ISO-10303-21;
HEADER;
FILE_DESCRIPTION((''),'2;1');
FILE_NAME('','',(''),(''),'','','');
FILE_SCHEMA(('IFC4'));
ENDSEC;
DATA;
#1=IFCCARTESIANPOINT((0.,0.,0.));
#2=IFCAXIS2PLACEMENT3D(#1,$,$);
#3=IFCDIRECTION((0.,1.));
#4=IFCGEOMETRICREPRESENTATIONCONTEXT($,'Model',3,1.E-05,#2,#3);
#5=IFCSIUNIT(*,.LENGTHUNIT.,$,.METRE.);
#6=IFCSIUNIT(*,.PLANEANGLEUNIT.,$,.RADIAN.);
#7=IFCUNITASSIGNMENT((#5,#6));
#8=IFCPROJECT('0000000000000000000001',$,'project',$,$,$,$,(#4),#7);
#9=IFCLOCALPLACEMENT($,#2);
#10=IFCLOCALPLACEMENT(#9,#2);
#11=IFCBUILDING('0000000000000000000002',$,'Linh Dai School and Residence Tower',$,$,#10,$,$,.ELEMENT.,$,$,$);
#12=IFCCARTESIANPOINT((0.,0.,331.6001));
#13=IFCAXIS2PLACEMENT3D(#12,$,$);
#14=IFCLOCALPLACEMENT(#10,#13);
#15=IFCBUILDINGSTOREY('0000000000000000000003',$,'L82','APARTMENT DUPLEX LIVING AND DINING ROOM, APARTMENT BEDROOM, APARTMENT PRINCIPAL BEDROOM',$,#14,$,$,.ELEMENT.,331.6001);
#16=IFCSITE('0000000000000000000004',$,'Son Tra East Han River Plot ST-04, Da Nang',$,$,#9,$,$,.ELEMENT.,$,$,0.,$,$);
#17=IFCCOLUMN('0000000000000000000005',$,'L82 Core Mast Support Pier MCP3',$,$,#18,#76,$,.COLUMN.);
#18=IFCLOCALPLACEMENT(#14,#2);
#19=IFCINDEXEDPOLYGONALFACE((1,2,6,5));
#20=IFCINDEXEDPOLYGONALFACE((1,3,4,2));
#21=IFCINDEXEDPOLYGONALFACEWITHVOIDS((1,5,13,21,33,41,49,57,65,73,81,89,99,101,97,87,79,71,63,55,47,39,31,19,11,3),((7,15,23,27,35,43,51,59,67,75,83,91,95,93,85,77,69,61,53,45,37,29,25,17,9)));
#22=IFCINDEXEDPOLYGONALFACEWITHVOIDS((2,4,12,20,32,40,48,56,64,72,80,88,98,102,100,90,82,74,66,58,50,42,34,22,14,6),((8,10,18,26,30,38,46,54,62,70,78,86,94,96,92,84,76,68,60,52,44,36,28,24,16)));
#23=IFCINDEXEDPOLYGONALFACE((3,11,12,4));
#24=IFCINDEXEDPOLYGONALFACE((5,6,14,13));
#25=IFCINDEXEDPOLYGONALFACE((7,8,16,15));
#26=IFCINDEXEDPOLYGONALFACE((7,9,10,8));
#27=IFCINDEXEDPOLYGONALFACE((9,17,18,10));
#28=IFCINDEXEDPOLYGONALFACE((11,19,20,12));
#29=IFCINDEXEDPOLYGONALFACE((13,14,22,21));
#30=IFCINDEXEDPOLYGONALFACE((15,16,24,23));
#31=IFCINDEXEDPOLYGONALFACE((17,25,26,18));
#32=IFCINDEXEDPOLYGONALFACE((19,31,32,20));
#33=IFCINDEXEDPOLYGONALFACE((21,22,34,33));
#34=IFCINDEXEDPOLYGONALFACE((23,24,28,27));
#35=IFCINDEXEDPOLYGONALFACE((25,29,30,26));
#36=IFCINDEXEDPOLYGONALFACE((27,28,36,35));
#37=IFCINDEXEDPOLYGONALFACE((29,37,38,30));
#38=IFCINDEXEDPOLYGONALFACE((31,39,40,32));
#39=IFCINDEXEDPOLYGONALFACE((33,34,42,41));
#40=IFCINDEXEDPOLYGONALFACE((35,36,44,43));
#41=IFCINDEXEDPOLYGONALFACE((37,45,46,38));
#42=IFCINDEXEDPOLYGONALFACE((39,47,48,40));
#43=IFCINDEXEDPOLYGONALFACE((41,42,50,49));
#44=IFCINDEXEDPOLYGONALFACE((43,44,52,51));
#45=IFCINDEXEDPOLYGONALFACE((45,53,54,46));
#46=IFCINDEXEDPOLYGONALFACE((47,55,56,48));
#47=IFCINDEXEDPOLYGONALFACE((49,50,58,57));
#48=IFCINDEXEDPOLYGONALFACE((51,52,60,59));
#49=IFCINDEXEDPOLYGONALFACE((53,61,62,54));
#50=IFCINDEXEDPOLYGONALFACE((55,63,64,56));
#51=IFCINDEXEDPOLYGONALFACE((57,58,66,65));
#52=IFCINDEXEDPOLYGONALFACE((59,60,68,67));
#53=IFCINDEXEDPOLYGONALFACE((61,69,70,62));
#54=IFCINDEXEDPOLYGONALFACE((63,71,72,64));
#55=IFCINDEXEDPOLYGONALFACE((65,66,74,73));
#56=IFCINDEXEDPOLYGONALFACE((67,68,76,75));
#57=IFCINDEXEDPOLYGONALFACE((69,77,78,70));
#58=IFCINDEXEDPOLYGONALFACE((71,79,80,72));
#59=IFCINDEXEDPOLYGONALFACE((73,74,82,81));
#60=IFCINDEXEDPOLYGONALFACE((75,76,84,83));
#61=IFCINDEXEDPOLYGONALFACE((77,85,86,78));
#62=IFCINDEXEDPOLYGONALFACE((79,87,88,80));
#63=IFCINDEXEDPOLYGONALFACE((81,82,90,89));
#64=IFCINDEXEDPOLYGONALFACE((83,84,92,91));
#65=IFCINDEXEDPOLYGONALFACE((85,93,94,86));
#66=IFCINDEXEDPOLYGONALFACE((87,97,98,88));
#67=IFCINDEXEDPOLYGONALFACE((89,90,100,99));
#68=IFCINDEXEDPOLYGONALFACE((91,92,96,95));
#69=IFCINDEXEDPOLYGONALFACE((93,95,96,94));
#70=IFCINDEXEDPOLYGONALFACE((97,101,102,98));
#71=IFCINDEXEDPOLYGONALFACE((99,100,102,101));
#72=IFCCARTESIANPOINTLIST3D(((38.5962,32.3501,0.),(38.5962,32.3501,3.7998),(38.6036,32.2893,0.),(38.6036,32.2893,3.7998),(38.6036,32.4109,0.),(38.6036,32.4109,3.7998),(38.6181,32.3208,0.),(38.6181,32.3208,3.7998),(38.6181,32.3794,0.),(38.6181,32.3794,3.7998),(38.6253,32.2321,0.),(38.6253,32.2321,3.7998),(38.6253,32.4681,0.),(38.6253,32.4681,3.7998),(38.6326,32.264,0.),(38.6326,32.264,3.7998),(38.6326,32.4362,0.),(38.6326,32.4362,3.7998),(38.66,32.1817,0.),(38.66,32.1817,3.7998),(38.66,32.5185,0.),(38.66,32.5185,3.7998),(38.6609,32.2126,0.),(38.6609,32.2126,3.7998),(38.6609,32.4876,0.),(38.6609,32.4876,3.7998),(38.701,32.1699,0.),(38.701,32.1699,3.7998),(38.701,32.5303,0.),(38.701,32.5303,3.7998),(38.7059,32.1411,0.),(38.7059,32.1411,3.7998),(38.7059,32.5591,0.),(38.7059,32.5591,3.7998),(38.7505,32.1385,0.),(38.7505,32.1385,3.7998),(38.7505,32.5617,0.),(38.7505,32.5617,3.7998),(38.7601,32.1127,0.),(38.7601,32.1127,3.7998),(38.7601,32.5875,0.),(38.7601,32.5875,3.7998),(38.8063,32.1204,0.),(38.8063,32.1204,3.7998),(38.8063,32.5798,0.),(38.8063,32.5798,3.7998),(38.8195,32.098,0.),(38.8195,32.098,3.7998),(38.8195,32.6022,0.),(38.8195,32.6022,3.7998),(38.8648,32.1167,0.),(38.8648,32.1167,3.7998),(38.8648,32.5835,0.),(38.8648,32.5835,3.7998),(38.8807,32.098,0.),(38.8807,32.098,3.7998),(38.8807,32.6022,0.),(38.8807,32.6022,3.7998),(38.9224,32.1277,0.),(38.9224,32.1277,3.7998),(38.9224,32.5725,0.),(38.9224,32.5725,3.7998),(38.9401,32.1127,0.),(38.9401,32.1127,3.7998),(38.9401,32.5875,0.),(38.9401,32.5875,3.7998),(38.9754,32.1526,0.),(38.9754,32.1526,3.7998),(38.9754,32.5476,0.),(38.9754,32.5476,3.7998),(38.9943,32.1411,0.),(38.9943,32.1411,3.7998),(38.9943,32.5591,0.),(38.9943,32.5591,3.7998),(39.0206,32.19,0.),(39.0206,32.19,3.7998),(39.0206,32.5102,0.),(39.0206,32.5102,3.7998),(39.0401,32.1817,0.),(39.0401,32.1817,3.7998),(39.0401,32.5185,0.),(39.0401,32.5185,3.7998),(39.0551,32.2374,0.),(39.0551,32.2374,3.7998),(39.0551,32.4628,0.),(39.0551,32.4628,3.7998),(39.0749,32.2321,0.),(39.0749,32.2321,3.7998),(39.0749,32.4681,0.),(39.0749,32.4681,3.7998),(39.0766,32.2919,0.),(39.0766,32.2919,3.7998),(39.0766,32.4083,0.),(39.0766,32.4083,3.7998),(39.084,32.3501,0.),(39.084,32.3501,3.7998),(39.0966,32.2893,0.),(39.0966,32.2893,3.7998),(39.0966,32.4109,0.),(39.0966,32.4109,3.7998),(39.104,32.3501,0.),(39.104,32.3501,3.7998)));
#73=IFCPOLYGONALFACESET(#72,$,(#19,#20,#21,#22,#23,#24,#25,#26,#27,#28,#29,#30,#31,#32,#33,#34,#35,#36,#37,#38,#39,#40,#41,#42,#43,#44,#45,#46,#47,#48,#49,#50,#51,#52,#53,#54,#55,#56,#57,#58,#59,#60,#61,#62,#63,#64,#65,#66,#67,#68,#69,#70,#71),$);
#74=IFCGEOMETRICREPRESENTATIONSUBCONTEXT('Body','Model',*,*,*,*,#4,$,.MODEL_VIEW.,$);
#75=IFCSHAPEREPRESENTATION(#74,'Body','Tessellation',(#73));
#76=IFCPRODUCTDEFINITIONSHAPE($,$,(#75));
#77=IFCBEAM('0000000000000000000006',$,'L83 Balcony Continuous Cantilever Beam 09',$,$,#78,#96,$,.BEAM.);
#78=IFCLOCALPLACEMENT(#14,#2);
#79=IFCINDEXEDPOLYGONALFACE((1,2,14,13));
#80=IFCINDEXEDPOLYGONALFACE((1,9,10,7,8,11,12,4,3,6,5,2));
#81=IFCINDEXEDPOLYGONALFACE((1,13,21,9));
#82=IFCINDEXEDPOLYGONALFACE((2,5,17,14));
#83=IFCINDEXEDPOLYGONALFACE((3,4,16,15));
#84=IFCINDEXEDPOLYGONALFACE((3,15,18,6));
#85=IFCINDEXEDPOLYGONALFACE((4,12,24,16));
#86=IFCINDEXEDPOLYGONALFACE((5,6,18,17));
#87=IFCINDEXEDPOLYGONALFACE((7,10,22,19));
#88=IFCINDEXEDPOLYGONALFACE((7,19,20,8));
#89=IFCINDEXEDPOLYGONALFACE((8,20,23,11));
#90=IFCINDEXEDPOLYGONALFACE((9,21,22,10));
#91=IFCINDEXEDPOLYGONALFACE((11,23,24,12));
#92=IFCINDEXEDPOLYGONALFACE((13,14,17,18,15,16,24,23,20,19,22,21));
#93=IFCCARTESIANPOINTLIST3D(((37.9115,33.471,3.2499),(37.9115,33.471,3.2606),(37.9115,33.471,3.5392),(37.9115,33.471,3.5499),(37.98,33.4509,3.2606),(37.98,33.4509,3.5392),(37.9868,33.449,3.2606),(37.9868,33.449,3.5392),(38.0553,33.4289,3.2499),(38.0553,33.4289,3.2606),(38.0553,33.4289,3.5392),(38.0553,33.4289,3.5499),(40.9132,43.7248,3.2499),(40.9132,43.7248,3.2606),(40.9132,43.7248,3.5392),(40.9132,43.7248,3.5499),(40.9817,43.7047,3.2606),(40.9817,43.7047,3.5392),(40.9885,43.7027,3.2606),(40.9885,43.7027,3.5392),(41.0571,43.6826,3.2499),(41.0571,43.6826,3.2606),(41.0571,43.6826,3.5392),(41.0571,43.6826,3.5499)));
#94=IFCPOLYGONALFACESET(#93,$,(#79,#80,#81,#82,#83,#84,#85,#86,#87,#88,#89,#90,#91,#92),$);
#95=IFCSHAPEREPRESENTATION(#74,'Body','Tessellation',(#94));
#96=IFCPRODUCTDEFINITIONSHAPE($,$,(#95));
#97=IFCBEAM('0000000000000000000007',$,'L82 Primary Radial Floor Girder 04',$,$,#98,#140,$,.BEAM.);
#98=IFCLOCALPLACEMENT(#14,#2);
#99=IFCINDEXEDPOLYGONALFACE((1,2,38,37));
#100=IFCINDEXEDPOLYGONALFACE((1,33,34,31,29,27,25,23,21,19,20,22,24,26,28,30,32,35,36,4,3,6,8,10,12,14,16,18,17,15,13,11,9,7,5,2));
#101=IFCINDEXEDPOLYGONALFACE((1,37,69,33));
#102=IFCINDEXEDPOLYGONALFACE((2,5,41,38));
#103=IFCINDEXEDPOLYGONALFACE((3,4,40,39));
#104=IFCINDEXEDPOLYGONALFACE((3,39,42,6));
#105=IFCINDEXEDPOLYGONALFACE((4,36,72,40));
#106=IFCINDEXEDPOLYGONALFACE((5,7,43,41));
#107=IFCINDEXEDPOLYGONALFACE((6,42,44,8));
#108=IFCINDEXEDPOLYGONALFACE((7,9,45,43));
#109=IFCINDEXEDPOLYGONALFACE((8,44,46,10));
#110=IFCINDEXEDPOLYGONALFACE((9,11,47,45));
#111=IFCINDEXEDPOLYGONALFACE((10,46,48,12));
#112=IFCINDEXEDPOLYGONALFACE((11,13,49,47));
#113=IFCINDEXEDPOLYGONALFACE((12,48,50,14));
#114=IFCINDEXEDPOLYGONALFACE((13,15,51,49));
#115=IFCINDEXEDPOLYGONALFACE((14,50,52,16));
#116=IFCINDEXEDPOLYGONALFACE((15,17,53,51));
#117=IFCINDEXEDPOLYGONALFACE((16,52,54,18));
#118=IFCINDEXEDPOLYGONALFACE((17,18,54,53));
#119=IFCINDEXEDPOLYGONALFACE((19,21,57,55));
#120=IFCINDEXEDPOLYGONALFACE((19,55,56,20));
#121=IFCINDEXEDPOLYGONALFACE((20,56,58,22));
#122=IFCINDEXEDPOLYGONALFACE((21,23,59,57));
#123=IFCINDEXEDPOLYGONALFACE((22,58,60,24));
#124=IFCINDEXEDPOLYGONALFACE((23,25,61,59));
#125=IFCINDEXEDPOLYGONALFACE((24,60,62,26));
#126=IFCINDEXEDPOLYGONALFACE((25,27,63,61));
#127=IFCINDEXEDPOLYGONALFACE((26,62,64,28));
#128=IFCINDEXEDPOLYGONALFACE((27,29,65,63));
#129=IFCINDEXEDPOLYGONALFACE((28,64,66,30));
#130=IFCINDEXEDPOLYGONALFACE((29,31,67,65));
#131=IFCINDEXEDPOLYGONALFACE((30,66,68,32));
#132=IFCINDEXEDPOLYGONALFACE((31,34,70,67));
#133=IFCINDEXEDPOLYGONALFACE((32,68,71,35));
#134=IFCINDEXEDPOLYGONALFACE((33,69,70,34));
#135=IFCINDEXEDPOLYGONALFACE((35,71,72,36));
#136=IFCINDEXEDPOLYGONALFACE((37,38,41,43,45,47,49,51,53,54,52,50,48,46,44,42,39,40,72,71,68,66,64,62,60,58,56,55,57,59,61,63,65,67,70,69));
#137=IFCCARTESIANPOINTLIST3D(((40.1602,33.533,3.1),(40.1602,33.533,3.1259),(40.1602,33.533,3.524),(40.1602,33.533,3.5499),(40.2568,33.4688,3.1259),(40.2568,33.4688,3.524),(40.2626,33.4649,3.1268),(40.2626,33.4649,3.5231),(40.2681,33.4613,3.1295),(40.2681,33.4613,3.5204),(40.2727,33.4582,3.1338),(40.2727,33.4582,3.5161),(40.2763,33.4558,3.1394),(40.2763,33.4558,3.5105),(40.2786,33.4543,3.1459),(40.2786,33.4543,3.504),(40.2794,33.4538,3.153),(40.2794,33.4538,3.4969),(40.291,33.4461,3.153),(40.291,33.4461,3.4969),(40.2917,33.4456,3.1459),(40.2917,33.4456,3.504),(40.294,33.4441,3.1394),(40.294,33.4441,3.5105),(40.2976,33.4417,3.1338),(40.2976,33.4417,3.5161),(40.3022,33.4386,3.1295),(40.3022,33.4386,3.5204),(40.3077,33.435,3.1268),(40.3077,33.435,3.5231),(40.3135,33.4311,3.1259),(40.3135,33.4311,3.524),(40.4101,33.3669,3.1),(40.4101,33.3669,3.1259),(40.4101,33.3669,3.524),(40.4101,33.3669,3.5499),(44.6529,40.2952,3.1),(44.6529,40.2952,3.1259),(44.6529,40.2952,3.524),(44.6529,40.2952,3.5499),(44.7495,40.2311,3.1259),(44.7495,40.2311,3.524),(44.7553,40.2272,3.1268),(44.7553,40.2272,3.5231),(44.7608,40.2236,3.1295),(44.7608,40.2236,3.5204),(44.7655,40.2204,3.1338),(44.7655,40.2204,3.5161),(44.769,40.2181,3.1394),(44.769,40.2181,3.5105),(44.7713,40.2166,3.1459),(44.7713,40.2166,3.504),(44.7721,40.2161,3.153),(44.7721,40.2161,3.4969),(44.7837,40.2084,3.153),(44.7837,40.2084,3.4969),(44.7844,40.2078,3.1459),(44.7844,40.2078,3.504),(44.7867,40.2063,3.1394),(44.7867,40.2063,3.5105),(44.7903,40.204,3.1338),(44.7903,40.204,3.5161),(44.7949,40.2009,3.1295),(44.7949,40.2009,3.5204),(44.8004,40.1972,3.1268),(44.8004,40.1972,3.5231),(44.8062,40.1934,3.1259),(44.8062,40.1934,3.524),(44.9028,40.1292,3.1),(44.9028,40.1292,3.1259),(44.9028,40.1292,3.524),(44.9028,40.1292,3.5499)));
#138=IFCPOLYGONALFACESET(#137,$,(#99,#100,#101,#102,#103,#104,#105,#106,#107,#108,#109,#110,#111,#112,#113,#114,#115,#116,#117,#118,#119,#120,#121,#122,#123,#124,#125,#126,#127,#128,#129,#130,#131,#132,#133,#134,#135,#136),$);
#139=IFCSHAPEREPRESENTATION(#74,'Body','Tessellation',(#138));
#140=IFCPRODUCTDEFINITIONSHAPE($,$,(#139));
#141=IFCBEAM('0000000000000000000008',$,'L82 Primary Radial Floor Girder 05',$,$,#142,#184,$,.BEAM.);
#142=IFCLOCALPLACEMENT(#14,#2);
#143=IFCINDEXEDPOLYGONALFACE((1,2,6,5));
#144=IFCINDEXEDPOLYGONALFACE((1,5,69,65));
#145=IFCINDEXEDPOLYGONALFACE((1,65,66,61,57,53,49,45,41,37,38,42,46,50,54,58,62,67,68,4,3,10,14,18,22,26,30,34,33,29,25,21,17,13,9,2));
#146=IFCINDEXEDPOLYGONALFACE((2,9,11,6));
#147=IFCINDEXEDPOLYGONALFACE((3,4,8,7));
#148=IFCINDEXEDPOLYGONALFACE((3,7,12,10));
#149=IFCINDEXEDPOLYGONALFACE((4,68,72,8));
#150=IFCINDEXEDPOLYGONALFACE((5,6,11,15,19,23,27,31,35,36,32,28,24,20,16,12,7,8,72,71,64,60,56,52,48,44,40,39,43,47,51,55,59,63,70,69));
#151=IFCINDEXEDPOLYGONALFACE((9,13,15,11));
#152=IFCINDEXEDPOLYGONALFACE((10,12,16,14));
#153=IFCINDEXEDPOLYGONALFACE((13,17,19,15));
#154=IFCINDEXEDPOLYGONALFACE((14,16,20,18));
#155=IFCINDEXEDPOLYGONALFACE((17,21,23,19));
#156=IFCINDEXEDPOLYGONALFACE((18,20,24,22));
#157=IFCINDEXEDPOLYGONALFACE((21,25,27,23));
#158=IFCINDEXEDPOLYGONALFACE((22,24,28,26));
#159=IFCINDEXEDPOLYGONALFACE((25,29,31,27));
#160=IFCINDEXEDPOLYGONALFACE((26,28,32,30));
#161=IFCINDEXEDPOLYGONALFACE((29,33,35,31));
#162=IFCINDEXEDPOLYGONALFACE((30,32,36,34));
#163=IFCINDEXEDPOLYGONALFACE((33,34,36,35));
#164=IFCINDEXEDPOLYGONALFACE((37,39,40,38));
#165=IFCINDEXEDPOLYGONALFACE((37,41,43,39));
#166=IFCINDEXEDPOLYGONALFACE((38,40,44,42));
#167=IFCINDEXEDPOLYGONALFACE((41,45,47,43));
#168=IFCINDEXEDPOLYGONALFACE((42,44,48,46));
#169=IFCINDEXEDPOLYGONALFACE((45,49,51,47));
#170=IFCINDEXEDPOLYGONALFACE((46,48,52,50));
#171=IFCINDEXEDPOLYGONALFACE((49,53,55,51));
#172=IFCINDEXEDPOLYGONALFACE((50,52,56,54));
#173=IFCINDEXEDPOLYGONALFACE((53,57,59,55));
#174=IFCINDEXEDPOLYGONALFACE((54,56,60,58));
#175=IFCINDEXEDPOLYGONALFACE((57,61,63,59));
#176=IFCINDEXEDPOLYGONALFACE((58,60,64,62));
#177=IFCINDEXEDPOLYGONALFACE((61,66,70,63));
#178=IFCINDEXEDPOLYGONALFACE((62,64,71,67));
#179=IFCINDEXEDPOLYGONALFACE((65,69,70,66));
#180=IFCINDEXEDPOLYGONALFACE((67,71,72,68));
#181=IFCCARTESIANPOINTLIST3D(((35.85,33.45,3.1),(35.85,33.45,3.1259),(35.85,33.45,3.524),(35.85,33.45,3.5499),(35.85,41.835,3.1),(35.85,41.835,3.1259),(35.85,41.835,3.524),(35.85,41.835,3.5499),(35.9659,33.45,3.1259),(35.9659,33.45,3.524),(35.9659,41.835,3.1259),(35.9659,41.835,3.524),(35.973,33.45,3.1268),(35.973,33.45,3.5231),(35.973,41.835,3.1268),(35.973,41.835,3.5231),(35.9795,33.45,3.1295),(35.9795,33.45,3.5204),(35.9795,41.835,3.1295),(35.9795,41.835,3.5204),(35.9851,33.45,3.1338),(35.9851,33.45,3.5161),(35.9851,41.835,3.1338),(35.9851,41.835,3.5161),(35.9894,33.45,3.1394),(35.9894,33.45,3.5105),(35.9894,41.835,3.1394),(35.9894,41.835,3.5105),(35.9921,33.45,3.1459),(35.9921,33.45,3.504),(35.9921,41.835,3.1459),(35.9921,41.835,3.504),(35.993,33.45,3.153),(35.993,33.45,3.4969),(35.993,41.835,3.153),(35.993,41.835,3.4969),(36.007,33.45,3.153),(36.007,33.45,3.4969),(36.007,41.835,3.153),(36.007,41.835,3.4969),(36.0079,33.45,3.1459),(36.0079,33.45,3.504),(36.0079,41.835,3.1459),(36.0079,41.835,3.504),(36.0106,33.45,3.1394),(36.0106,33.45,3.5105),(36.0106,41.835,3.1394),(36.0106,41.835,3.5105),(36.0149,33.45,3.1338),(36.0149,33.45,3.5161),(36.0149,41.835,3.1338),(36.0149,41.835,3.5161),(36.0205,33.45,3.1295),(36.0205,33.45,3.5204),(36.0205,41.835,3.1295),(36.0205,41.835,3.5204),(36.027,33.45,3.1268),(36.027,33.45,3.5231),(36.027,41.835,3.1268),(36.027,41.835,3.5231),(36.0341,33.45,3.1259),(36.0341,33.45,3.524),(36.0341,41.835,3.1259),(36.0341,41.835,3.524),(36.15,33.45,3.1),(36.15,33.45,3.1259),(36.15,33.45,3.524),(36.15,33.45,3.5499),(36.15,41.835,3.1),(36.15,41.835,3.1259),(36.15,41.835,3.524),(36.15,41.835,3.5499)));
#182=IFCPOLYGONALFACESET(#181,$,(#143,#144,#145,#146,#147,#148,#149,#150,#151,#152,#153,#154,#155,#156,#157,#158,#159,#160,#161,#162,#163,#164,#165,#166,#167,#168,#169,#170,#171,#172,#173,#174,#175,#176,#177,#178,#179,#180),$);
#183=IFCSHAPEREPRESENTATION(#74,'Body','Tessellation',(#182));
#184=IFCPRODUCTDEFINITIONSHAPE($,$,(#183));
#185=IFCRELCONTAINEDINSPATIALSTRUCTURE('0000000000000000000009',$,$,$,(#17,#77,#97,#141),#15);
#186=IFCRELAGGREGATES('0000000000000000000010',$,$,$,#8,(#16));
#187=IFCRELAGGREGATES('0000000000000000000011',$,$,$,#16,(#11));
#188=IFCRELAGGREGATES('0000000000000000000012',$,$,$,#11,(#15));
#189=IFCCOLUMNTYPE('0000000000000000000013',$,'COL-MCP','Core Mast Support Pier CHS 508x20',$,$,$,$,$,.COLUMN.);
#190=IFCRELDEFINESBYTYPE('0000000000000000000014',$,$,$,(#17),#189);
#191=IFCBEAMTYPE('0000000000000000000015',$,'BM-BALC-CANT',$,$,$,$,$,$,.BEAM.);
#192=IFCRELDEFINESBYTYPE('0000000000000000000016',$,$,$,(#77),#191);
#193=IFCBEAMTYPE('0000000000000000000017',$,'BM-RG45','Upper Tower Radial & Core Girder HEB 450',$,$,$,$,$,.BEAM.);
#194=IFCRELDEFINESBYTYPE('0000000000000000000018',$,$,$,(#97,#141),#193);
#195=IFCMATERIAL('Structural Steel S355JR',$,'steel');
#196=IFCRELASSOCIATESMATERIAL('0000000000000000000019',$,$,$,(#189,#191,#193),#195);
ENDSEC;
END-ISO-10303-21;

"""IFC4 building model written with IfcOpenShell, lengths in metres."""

from ifc_helpers import new_model, si_unit, direction, frame, origin, origin_2d, place, context, subcontext, project, spatial, hollow_circle, i_section, extrude, material, material_profile, profile_set, type_object, element, save


model = new_model("IFC4")

# Units and contexts
model_context = context("Model", 3, precision=1e-05, world=origin(), true_north=direction((0.0, 1.0)))
body_context = subcontext(model_context, "Body", "Model", "MODEL_VIEW")
ifc_project = project(units=[si_unit("LENGTHUNIT", "METRE"), si_unit("PLANEANGLEUNIT", "RADIAN")], contexts=[model_context])

# Site, building, storey
site_placement = place(None, origin())
site = spatial("IfcSite", under=ifc_project, at=site_placement, Name="Son Tra East Han River Plot ST-04, Da Nang", CompositionType="ELEMENT", RefElevation=0.0)
building_placement = place(site_placement, origin())
building = spatial("IfcBuilding", under=site, at=building_placement, Name="Linh Dai School and Residence Tower", CompositionType="ELEMENT")
storey_placement = place(building_placement, frame((0.0, 0.0, 331.6001)))
storey = spatial("IfcBuildingStorey", under=building, at=storey_placement, Name="L82", Description="APARTMENT DUPLEX LIVING AND DINING ROOM, APARTMENT BEDROOM, APARTMENT PRINCIPAL BEDROOM", CompositionType="ELEMENT", Elevation=331.6001)

# Column
ifc_material_1 = material(Name="Structural Steel S355JR", Category="steel")
ifc_material_profile_1 = material_profile(ifc_material_1, hollow_circle(Radius=0.2539, WallThickness=0.02, at=origin_2d()), Name="CHS 508x20")
ifc_profile_set_1 = profile_set([ifc_material_profile_1], Name="Structural Steel S355JR")
column_type = type_object("IfcColumnType", Name="COL-MCP", Description="Core Mast Support Pier CHS 508x20", PredefinedType="COLUMN", material=ifc_profile_set_1)
column_placement = place(storey_placement, frame((38.8501, 32.3501, 0.0), z_axis=(0.0, 0.0, 1.0), x_axis=(1.0, 0.0, 0.0)))
element("IfcColumn", 1, at=column_placement, inside=storey, type_object=column_type, Name="L82 Core Mast Support Pier MCP3", PredefinedType="COLUMN", context=body_context, shape_type="SweptSolid", body=[
    extrude(hollow_circle(Radius=0.2539, WallThickness=0.02, at=origin_2d()), origin(), (0.0, 0.0, 1.0), 3.7998),
])

# Beams
ifc_material_profile_2 = material_profile(ifc_material_1, i_section(OverallWidth=0.1499, OverallDepth=0.3, WebThickness=0.0071, FlangeThickness=0.0107, at=origin_2d()), Name="IPE 300")
ifc_profile_set_2 = profile_set([ifc_material_profile_2], Name="Structural Steel S355JR")
beam_type_1 = type_object("IfcBeamType", Name="BM-BALC-CANT", PredefinedType="BEAM", material=ifc_profile_set_2)
beam_1_placement = place(storey_placement, frame((37.9834, 33.45, 3.3999), z_axis=(0.280954, 0.959721, 0.0), x_axis=(-0.959721, 0.280954, 0.0)))
element("IfcBeam", 2, at=beam_1_placement, inside=storey, type_object=beam_type_1, Name="L83 Balcony Continuous Cantilever Beam 09", PredefinedType="BEAM", context=body_context, shape_type="SweptSolid", body=[
    extrude(i_section(OverallWidth=0.1499, OverallDepth=0.3, WebThickness=0.0071, FlangeThickness=0.0107, at=origin_2d()), origin(), (0.0, 0.0, 1.0), 10.6841),
])
ifc_material_profile_3 = material_profile(ifc_material_1, i_section(OverallWidth=0.3, OverallDepth=0.45, WebThickness=0.0139, FlangeThickness=0.0259, FilletRadius=0.0271, at=origin_2d()), Name="HEB 450")
ifc_profile_set_3 = profile_set([ifc_material_profile_3], Name="Structural Steel S355JR")
beam_type_2 = type_object("IfcBeamType", Name="BM-RG45", Description="Upper Tower Radial & Core Girder HEB 450", PredefinedType="BEAM", material=ifc_profile_set_3)
beam_2_placement = place(storey_placement, frame((40.2852, 33.45, 3.325), z_axis=(0.553381, 0.832928, 0.0), x_axis=(-0.832928, 0.553381, 0.0)))
element("IfcBeam", 3, at=beam_2_placement, inside=storey, type_object=beam_type_2, Name="L82 Primary Radial Floor Girder 04", PredefinedType="BEAM", context=body_context, shape_type="SweptSolid", body=[
    extrude(i_section(OverallWidth=0.3, OverallDepth=0.45, WebThickness=0.0139, FlangeThickness=0.0259, FilletRadius=0.0271, at=origin_2d()), origin(), (0.0, 0.0, 1.0), 8.1187),
])
beam_3_placement = place(storey_placement, frame((36.0, 33.45, 3.325), z_axis=(0.0, 1.0, 0.0), x_axis=(-1.0, 0.0, 0.0)))
element("IfcBeam", 4, at=beam_3_placement, inside=storey, type_object=beam_type_2, Name="L82 Primary Radial Floor Girder 05", PredefinedType="BEAM", context=body_context, shape_type="SweptSolid", body=[
    extrude(i_section(OverallWidth=0.3, OverallDepth=0.45, WebThickness=0.0139, FlangeThickness=0.0259, FilletRadius=0.0271, at=origin_2d()), origin(), (0.0, 0.0, 1.0), 8.385),
])

save(model, "model.ifc")
